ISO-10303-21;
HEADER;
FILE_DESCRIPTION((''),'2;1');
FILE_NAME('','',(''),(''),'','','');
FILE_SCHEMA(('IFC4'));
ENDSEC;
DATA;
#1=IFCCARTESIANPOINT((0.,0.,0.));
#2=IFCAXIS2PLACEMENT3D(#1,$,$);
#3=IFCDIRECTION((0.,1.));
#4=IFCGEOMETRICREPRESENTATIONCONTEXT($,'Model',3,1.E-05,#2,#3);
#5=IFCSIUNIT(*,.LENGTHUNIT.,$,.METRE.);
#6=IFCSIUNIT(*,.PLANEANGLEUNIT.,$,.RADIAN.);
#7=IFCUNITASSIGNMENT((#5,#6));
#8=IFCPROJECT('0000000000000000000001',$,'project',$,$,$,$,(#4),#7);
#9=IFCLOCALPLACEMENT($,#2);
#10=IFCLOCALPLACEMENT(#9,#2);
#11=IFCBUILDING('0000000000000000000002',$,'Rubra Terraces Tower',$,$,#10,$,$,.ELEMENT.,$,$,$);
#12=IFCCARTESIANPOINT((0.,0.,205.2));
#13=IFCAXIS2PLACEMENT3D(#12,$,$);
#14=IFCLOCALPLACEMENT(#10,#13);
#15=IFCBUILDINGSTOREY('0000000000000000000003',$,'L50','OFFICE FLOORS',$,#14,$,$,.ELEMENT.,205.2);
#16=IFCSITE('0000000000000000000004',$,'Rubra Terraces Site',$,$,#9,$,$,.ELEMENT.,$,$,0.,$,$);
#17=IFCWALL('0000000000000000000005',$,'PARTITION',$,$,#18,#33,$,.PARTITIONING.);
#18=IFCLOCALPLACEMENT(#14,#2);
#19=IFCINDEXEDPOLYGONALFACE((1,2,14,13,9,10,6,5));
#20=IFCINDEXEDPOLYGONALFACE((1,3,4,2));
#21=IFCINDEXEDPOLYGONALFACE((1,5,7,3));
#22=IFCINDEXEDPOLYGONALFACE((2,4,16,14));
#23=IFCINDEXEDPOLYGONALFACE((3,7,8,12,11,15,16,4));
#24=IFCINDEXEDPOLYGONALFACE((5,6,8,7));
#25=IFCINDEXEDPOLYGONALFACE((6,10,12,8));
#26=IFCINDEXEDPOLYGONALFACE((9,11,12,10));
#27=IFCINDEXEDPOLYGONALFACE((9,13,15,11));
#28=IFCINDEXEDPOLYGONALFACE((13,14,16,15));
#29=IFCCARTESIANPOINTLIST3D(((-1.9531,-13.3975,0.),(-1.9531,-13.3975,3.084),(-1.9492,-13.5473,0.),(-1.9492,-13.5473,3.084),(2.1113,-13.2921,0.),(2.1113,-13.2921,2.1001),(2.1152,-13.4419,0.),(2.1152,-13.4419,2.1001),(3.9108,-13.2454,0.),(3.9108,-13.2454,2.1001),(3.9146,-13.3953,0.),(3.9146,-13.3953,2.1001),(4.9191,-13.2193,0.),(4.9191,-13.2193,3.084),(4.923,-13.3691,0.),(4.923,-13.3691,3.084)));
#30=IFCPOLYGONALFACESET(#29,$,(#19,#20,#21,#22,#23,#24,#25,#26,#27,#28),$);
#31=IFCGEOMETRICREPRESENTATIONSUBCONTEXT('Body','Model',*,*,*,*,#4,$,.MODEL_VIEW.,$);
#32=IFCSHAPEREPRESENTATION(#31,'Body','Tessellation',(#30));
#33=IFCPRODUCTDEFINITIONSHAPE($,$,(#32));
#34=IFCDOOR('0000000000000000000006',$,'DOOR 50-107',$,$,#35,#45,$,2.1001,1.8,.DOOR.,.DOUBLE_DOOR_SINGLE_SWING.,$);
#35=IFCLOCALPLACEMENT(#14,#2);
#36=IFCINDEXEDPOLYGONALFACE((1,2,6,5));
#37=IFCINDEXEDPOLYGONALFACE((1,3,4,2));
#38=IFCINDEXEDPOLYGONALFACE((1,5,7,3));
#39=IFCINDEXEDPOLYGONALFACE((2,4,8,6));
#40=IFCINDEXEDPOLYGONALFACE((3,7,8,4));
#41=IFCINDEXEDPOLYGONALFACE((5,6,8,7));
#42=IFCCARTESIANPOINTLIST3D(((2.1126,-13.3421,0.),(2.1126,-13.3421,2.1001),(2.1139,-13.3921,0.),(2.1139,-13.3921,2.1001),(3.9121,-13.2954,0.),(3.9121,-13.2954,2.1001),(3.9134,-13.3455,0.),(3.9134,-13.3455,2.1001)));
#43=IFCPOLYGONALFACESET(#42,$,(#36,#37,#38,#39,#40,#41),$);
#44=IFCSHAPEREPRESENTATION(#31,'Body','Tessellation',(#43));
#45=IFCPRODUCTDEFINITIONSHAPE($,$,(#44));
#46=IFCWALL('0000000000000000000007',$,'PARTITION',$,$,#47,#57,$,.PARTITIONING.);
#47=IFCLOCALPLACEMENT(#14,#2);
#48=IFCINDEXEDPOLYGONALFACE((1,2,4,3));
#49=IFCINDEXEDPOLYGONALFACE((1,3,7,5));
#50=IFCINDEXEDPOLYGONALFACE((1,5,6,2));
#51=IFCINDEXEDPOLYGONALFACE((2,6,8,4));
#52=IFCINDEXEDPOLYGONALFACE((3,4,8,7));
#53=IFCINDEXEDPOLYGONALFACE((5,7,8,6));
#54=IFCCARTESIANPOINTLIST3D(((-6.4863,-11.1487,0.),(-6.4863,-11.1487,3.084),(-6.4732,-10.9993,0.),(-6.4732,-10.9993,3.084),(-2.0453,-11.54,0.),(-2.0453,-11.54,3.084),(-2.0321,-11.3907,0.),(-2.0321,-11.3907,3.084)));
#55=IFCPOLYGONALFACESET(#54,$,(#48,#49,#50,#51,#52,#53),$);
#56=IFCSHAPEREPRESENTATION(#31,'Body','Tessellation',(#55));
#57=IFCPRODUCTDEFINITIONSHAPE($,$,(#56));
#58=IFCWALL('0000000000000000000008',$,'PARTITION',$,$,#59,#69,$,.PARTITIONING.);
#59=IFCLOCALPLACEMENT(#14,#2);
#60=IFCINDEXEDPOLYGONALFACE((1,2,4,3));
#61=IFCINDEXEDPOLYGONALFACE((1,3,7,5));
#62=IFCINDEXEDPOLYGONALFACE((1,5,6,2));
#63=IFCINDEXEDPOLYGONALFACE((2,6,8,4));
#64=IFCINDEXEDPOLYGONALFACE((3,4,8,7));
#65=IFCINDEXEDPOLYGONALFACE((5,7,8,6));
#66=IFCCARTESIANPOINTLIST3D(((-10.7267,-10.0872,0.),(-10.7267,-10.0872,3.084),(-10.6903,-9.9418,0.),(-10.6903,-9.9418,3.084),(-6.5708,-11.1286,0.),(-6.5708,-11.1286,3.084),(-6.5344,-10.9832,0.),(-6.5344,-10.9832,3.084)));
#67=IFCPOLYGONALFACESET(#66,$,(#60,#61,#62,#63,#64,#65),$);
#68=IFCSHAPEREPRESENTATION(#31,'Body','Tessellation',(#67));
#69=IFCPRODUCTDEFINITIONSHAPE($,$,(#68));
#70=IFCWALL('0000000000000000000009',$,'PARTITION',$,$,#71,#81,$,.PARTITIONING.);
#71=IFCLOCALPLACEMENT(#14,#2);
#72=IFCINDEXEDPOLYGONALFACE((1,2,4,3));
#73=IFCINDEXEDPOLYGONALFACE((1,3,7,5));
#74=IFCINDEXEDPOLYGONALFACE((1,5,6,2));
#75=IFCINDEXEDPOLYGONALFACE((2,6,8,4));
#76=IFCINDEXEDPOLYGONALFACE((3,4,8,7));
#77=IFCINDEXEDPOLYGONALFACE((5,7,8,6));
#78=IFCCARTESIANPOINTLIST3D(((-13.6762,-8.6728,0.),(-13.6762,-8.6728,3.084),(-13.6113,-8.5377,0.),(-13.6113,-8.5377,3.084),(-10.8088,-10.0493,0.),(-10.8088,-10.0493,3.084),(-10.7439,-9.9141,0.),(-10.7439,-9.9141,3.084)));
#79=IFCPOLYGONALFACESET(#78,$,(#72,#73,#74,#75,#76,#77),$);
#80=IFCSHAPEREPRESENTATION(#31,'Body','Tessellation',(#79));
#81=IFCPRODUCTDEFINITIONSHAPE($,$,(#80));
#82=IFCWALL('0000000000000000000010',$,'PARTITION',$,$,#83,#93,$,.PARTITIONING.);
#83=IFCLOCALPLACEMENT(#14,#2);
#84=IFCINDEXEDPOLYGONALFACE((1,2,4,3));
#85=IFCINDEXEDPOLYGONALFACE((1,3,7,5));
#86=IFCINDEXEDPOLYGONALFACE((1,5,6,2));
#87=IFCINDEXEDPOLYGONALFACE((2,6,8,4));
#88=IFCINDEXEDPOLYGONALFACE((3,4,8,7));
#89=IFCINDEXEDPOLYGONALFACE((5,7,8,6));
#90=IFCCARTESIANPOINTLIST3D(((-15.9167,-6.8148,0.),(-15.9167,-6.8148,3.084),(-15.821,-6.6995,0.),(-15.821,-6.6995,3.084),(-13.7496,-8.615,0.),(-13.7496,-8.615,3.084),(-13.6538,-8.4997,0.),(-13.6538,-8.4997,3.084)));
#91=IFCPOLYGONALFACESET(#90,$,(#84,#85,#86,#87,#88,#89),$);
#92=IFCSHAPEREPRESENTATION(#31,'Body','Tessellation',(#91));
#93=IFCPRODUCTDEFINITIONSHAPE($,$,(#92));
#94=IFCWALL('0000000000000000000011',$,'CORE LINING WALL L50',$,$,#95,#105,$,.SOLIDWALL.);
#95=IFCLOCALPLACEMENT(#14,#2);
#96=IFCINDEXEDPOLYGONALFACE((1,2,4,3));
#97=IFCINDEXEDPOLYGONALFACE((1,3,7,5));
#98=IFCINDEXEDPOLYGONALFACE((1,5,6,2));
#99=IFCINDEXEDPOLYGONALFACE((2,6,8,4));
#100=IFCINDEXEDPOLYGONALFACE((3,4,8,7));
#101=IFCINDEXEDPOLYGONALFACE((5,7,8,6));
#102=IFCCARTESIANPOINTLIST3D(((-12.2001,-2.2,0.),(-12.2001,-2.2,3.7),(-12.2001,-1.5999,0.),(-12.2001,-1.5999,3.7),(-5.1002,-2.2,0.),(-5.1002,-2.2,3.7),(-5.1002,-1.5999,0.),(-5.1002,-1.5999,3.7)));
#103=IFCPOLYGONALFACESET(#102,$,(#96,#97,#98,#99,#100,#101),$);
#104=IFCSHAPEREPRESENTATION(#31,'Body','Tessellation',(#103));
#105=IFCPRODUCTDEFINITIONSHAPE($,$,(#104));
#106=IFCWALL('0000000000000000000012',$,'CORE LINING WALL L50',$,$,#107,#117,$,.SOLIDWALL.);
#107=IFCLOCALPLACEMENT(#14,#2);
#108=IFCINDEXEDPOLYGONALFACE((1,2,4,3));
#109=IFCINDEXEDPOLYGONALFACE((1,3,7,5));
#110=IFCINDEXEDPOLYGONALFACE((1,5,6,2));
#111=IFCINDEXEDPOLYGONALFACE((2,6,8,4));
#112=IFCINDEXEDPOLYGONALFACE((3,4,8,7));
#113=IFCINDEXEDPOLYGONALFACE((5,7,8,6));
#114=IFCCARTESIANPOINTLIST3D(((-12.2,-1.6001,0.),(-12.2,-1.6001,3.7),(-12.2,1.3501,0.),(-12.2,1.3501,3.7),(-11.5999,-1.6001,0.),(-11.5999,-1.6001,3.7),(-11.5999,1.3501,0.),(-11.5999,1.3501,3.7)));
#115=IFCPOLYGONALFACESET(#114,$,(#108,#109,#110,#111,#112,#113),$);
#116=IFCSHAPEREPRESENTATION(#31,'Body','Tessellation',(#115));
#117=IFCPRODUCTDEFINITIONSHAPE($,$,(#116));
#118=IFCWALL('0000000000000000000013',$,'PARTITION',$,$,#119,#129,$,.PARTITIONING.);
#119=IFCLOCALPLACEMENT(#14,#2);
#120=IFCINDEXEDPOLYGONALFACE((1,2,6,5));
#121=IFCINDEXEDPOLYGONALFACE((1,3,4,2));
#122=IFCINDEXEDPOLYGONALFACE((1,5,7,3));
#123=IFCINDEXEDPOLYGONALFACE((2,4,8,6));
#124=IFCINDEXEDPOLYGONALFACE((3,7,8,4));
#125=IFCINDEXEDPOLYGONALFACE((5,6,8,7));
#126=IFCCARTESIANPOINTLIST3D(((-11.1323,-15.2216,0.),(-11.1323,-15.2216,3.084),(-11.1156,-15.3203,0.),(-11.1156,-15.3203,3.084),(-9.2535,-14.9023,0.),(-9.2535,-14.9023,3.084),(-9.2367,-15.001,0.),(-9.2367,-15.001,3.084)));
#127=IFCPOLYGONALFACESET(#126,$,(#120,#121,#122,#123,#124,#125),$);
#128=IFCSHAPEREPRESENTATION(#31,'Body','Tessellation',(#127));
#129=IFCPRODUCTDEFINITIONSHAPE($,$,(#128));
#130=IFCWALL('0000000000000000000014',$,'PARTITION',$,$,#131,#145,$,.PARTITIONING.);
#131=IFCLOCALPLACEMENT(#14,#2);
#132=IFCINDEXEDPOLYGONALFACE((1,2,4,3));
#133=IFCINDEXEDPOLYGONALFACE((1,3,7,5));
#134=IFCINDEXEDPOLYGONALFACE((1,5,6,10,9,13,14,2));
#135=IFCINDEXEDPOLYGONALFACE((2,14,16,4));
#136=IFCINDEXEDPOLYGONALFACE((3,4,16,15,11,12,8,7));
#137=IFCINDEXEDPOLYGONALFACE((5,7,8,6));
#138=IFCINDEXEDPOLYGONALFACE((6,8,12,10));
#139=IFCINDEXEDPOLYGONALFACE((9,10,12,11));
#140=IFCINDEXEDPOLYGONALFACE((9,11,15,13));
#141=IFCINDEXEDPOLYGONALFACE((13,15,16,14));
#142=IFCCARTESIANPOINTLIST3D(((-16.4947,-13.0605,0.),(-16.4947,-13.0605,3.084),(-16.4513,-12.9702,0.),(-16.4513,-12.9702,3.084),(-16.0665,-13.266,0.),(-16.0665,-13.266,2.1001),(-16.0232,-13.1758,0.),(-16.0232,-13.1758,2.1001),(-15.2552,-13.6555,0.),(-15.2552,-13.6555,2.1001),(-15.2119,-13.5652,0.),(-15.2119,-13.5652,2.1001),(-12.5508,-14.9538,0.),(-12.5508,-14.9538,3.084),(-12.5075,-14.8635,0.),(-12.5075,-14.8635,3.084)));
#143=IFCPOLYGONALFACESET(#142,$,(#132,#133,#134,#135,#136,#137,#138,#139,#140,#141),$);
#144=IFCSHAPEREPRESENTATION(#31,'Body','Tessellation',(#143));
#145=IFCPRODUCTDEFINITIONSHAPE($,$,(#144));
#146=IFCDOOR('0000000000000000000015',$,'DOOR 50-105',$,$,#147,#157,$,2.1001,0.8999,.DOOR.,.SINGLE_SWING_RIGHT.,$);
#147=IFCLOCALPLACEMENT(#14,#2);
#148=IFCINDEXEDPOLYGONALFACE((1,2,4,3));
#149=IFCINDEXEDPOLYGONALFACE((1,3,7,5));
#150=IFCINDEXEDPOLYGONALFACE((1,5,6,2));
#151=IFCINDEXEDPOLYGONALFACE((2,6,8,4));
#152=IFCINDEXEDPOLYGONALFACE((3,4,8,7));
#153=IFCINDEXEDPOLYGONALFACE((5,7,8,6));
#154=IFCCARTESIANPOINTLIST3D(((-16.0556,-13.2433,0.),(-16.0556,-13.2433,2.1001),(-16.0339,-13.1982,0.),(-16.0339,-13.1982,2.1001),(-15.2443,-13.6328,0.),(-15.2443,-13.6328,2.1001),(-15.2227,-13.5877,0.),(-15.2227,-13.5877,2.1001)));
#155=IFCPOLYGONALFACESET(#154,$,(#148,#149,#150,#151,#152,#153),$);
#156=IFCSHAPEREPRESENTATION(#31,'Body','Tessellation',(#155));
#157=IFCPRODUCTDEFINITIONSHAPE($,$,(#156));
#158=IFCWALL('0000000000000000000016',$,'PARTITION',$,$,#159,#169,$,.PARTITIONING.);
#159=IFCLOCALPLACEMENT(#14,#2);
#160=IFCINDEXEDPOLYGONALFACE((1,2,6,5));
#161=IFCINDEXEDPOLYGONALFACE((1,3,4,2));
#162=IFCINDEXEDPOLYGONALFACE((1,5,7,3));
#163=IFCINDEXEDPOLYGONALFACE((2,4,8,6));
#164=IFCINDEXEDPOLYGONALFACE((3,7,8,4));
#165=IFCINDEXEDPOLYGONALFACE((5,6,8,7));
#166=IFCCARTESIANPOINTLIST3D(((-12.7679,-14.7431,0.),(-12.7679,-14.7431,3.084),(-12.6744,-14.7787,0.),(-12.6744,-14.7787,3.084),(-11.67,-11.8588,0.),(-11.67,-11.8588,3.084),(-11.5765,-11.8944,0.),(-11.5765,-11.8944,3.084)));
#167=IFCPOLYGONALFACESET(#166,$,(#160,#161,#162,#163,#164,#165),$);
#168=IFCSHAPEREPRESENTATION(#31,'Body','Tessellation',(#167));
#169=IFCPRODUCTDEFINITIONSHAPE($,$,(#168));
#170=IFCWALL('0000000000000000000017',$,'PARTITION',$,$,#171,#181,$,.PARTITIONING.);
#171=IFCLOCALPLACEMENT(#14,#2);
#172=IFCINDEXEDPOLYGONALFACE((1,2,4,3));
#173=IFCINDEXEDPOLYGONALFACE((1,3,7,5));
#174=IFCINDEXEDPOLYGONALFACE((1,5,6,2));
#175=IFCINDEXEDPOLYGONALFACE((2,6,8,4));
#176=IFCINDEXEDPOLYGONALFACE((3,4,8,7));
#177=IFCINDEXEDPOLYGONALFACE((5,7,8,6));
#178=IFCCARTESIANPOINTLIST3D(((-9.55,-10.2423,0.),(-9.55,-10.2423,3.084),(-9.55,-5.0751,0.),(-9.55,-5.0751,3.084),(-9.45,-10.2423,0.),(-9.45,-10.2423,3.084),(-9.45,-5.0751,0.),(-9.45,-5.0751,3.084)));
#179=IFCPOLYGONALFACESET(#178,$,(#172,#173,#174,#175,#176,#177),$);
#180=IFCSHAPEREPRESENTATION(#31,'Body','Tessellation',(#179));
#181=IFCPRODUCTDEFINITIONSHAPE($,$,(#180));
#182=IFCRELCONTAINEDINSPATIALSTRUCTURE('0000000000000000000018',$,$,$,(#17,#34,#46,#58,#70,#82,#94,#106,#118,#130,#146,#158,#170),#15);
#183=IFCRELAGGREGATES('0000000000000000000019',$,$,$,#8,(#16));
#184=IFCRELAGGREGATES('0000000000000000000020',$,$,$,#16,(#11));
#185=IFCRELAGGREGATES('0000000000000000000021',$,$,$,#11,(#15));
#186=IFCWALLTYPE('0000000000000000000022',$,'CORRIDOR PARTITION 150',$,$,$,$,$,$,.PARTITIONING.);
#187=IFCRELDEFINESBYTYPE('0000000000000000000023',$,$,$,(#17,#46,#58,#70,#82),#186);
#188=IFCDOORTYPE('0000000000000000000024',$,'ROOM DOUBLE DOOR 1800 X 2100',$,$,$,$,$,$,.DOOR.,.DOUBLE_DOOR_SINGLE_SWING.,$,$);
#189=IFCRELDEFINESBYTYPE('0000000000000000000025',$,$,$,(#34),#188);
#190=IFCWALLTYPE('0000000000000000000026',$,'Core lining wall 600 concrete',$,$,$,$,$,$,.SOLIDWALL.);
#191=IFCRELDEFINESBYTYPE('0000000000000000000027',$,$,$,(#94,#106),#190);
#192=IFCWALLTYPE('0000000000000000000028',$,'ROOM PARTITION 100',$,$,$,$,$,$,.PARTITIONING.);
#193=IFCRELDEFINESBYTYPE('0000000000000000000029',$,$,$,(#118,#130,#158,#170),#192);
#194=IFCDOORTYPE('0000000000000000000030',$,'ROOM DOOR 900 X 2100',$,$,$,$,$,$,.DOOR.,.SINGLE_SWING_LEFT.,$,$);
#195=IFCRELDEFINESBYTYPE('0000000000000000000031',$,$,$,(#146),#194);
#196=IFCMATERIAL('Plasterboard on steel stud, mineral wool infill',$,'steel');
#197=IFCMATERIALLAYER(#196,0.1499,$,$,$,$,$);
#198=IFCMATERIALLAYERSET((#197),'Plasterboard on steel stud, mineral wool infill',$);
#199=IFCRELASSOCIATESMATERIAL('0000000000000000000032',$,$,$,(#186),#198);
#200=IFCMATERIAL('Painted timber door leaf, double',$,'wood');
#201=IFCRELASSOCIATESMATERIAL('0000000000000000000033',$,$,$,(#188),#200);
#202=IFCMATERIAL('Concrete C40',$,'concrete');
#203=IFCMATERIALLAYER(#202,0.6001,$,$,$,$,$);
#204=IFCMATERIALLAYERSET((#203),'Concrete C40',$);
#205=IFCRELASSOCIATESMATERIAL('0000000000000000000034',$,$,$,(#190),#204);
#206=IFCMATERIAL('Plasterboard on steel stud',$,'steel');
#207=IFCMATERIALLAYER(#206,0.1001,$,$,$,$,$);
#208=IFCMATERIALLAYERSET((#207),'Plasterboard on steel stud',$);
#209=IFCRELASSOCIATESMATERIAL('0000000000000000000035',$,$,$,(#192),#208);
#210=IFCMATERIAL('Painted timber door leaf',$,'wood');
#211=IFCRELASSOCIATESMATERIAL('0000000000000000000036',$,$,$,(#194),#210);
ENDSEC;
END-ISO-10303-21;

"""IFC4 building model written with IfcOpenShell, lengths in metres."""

from ifc_helpers import new_model, si_unit, direction, frame, frame_2d, origin, place, context, subcontext, project, spatial, rectangle, extrude, material, layer, layer_set, type_object, element, fill, save


model = new_model("IFC4")

# Units and contexts
model_context = context("Model", 3, precision=1e-05, world=origin(), true_north=direction((0.0, 1.0)))
body_context = subcontext(model_context, "Body", "Model", "MODEL_VIEW")
ifc_project = project(units=[si_unit("LENGTHUNIT", "METRE"), si_unit("PLANEANGLEUNIT", "RADIAN")], contexts=[model_context])

# Site, building, storey
site_placement = place(None, origin())
site = spatial("IfcSite", under=ifc_project, at=site_placement, Name="Rubra Terraces Site", CompositionType="ELEMENT", RefElevation=0.0)
building_placement = place(site_placement, origin())
building = spatial("IfcBuilding", under=site, at=building_placement, Name="Rubra Terraces Tower", CompositionType="ELEMENT")
storey_placement = place(building_placement, frame((0.0, 0.0, 205.2)))
storey = spatial("IfcBuildingStorey", under=building, at=storey_placement, Name="L50", Description="OFFICE FLOORS", CompositionType="ELEMENT", Elevation=205.2)

# Shared definitions
ifc_material_1 = material(Name="Concrete C40", Category="concrete")

# Shared definitions
ifc_material_2 = material(Name="Plasterboard on steel stud, mineral wool infill", Category="steel")
ifc_layer_1 = layer(ifc_material_2, 0.1499)
ifc_layer_set_1 = layer_set([ifc_layer_1], Name="Plasterboard on steel stud, mineral wool infill")
wall_type_1 = type_object("IfcWallType", Name="CORRIDOR PARTITION 150", PredefinedType="PARTITIONING", material=ifc_layer_set_1)

# Wall, opening, door
wall_1_placement = place(storey_placement, frame((-1.9512, -13.4724, 0.0), z_axis=(0.0, 0.0, 1.0), x_axis=(0.999664, 0.025925, 0.0)))
wall_1 = element("IfcWall", 1, at=wall_1_placement, inside=storey, type_object=wall_type_1, Name="PARTITION", PredefinedType="PARTITIONING", context=body_context, shape_type="SweptSolid", body=[
    extrude(rectangle(XDim=6.8745, YDim=0.1499, at=frame_2d((3.4373, 0.0))), origin(), (0.0, 0.0, 1.0), 3.084),
])
opening_1_placement = place(wall_1_placement, frame((4.0659, 0.0, 0.0)))
opening_1 = element("IfcOpeningElement", 2, at=opening_1_placement, cuts=wall_1, PredefinedType="OPENING", context=body_context, shape_type="SweptSolid", body=[
    extrude(rectangle(XDim=1.8, YDim=2.1001, at=frame_2d((0.8999, 1.05))), frame((0.0, 0.085, 0.0), z_axis=(0.0, -1.0, 0.0), x_axis=(1.0, 0.0, 0.0)), (0.0, 0.0, 1.0), 0.1699),
])
ifc_material_3 = material(Name="Painted timber door leaf, double", Category="wood")
door_type_1 = type_object("IfcDoorType", Name="ROOM DOUBLE DOOR 1800 X 2100", OperationType="DOUBLE_DOOR_SINGLE_SWING", PredefinedType="DOOR", material=ifc_material_3)
door_1_placement = place(opening_1_placement, origin())
door_1 = element("IfcDoor", 3, at=door_1_placement, inside=storey, type_object=door_type_1, Name="DOOR 50-107", OperationType="DOUBLE_DOOR_SINGLE_SWING", OverallHeight=2.1001, OverallWidth=1.8, PredefinedType="DOOR", context=body_context, shape_type="SweptSolid", body=[
    extrude(rectangle(XDim=1.8, YDim=2.1001, at=frame_2d((0.8999, 1.05))), frame((0.0, 0.0249, 0.0), z_axis=(0.0, -1.0, 0.0), x_axis=(1.0, 0.0, 0.0)), (0.0, 0.0, 1.0), 0.05),
])
fill(opening_1, door_1)

# Walls
wall_2_placement = place(storey_placement, frame((-2.0388, -11.4653, 0.0), z_axis=(0.0, 0.0, 1.0), x_axis=(-0.99614, 0.08778, 0.0)))
element("IfcWall", 4, at=wall_2_placement, inside=storey, type_object=wall_type_1, Name="PARTITION", PredefinedType="PARTITIONING", context=body_context, shape_type="SweptSolid", body=[
    extrude(rectangle(XDim=4.4583, YDim=0.1499, at=frame_2d((2.229, 0.0))), origin(), (0.0, 0.0, 1.0), 3.084),
])
wall_3_placement = place(storey_placement, frame((-6.5527, -11.0559, 0.0), z_axis=(0.0, 0.0, 1.0), x_axis=(-0.970005, 0.243085, 0.0)))
element("IfcWall", 5, at=wall_3_placement, inside=storey, type_object=wall_type_1, Name="PARTITION", PredefinedType="PARTITIONING", context=body_context, shape_type="SweptSolid", body=[
    extrude(rectangle(XDim=4.2844, YDim=0.1499, at=frame_2d((2.1421, 0.0))), origin(), (0.0, 0.0, 1.0), 3.084),
])
wall_4_placement = place(storey_placement, frame((-10.7764, -9.9817, 0.0), z_axis=(0.0, 0.0, 1.0), x_axis=(-0.901511, 0.432756, 0.0)))
element("IfcWall", 6, at=wall_4_placement, inside=storey, type_object=wall_type_1, Name="PARTITION", PredefinedType="PARTITIONING", context=body_context, shape_type="SweptSolid", body=[
    extrude(rectangle(XDim=3.1807, YDim=0.1499, at=frame_2d((1.5903, 0.0))), origin(), (0.0, 0.0, 1.0), 3.084),
])
wall_5_placement = place(storey_placement, frame((-13.7017, -8.5574, 0.0), z_axis=(0.0, 0.0, 1.0), x_axis=(-0.769222, 0.638982, 0.0)))
element("IfcWall", 7, at=wall_5_placement, inside=storey, type_object=wall_type_1, Name="PARTITION", PredefinedType="PARTITIONING", context=body_context, shape_type="SweptSolid", body=[
    extrude(rectangle(XDim=2.8174, YDim=0.1499, at=frame_2d((1.4087, 0.0))), origin(), (0.0, 0.0, 1.0), 3.084),
])
ifc_layer_2 = layer(ifc_material_1, 0.6001)
ifc_layer_set_2 = layer_set([ifc_layer_2], Name="Concrete C40")
wall_type_2 = type_object("IfcWallType", Name="Core lining wall 600 concrete", PredefinedType="SOLIDWALL", material=ifc_layer_set_2)
wall_6_placement = place(storey_placement, frame((-12.2, -1.8999, 0.0), z_axis=(0.0, 0.0, 1.0), x_axis=(1.0, 0.0, 0.0)))
element("IfcWall", 8, at=wall_6_placement, inside=storey, type_object=wall_type_2, Name="CORE LINING WALL L50", PredefinedType="SOLIDWALL", context=body_context, shape_type="SweptSolid", body=[
    extrude(rectangle(XDim=7.0999, YDim=0.6001, at=frame_2d((3.5498, 0.0))), origin(), (0.0, 0.0, 1.0), 3.7),
])
wall_7_placement = place(storey_placement, frame((-11.8999, -1.6001, 0.0), z_axis=(0.0, 0.0, 1.0), x_axis=(0.0, 1.0, 0.0)))
element("IfcWall", 9, at=wall_7_placement, inside=storey, type_object=wall_type_2, Name="CORE LINING WALL L50", PredefinedType="SOLIDWALL", context=body_context, shape_type="SweptSolid", body=[
    extrude(rectangle(XDim=2.9502, YDim=0.6001, at=frame_2d((1.4751, 0.0))), origin(), (0.0, 0.0, 1.0), 3.7),
])
ifc_material_4 = material(Name="Plasterboard on steel stud", Category="steel")
ifc_layer_3 = layer(ifc_material_4, 0.1001)
ifc_layer_set_3 = layer_set([ifc_layer_3], Name="Plasterboard on steel stud")
wall_type_3 = type_object("IfcWallType", Name="ROOM PARTITION 100", PredefinedType="PARTITIONING", material=ifc_layer_set_3)
wall_8_placement = place(storey_placement, frame((-9.2451, -14.9517, 0.0), z_axis=(0.0, 0.0, 1.0), x_axis=(-0.985863, -0.167556, 0.0)))
element("IfcWall", 10, at=wall_8_placement, inside=storey, type_object=wall_type_3, Name="PARTITION", PredefinedType="PARTITIONING", context=body_context, shape_type="SweptSolid", body=[
    extrude(rectangle(XDim=1.9058, YDim=0.1001, at=frame_2d((0.9529, 0.0))), origin(), (0.0, 0.0, 1.0), 3.084),
])

# Wall, opening, door
wall_9_placement = place(storey_placement, frame((-12.5291, -14.9087, 0.0), z_axis=(0.0, 0.0, 1.0), x_axis=(-0.9015, 0.43278, 0.0)))
wall_9 = element("IfcWall", 11, at=wall_9_placement, inside=storey, type_object=wall_type_3, Name="PARTITION", PredefinedType="PARTITIONING", context=body_context, shape_type="SweptSolid", body=[
    extrude(rectangle(XDim=4.3748, YDim=0.1001, at=frame_2d((2.1875, 0.0))), origin(), (0.0, 0.0, 1.0), 3.084),
])
opening_2_placement = place(wall_9_placement, frame((3.0, 0.0, 0.0)))
opening_2 = element("IfcOpeningElement", 12, at=opening_2_placement, cuts=wall_9, PredefinedType="OPENING", context=body_context, shape_type="SweptSolid", body=[
    extrude(rectangle(XDim=0.8999, YDim=2.1001, at=frame_2d((0.45, 1.05))), frame((0.0, 0.0601, 0.0), z_axis=(0.0, -1.0, 0.0), x_axis=(1.0, 0.0, 0.0)), (0.0, 0.0, 1.0), 0.1201),
])
ifc_material_5 = material(Name="Painted timber door leaf", Category="wood")
door_type_2 = type_object("IfcDoorType", Name="ROOM DOOR 900 X 2100", OperationType="SINGLE_SWING_LEFT", PredefinedType="DOOR", material=ifc_material_5)
door_2_placement = place(opening_2_placement, origin())
door_2 = element("IfcDoor", 13, at=door_2_placement, inside=storey, type_object=door_type_2, Name="DOOR 50-105", OperationType="SINGLE_SWING_RIGHT", OverallHeight=2.1001, OverallWidth=0.8999, PredefinedType="DOOR", context=body_context, shape_type="SweptSolid", body=[
    extrude(rectangle(XDim=0.8999, YDim=2.1001, at=frame_2d((0.45, 1.05))), frame((0.0, 0.0249, 0.0), z_axis=(0.0, -1.0, 0.0), x_axis=(1.0, 0.0, 0.0)), (0.0, 0.0, 1.0), 0.05),
])
fill(opening_2, door_2)

# Walls
wall_10_placement = place(storey_placement, frame((-11.6233, -11.8767, 0.0), z_axis=(0.0, 0.0, 1.0), x_axis=(-0.355749, -0.934582, 0.0)))
element("IfcWall", 14, at=wall_10_placement, inside=storey, type_object=wall_type_3, Name="PARTITION", PredefinedType="PARTITIONING", context=body_context, shape_type="SweptSolid", body=[
    extrude(rectangle(XDim=3.0862, YDim=0.1001, at=frame_2d((1.543, 0.0))), origin(), (0.0, 0.0, 1.0), 3.084),
])
wall_11_placement = place(storey_placement, frame((-9.5, -10.2422, 0.0), z_axis=(0.0, 0.0, 1.0), x_axis=(0.0, 1.0, 0.0)))
element("IfcWall", 15, at=wall_11_placement, inside=storey, type_object=wall_type_3, Name="PARTITION", PredefinedType="PARTITIONING", context=body_context, shape_type="SweptSolid", body=[
    extrude(rectangle(XDim=5.1672, YDim=0.1001, at=frame_2d((2.5835, 0.0))), origin(), (0.0, 0.0, 1.0), 3.084),
])

save(model, "model.ifc")
